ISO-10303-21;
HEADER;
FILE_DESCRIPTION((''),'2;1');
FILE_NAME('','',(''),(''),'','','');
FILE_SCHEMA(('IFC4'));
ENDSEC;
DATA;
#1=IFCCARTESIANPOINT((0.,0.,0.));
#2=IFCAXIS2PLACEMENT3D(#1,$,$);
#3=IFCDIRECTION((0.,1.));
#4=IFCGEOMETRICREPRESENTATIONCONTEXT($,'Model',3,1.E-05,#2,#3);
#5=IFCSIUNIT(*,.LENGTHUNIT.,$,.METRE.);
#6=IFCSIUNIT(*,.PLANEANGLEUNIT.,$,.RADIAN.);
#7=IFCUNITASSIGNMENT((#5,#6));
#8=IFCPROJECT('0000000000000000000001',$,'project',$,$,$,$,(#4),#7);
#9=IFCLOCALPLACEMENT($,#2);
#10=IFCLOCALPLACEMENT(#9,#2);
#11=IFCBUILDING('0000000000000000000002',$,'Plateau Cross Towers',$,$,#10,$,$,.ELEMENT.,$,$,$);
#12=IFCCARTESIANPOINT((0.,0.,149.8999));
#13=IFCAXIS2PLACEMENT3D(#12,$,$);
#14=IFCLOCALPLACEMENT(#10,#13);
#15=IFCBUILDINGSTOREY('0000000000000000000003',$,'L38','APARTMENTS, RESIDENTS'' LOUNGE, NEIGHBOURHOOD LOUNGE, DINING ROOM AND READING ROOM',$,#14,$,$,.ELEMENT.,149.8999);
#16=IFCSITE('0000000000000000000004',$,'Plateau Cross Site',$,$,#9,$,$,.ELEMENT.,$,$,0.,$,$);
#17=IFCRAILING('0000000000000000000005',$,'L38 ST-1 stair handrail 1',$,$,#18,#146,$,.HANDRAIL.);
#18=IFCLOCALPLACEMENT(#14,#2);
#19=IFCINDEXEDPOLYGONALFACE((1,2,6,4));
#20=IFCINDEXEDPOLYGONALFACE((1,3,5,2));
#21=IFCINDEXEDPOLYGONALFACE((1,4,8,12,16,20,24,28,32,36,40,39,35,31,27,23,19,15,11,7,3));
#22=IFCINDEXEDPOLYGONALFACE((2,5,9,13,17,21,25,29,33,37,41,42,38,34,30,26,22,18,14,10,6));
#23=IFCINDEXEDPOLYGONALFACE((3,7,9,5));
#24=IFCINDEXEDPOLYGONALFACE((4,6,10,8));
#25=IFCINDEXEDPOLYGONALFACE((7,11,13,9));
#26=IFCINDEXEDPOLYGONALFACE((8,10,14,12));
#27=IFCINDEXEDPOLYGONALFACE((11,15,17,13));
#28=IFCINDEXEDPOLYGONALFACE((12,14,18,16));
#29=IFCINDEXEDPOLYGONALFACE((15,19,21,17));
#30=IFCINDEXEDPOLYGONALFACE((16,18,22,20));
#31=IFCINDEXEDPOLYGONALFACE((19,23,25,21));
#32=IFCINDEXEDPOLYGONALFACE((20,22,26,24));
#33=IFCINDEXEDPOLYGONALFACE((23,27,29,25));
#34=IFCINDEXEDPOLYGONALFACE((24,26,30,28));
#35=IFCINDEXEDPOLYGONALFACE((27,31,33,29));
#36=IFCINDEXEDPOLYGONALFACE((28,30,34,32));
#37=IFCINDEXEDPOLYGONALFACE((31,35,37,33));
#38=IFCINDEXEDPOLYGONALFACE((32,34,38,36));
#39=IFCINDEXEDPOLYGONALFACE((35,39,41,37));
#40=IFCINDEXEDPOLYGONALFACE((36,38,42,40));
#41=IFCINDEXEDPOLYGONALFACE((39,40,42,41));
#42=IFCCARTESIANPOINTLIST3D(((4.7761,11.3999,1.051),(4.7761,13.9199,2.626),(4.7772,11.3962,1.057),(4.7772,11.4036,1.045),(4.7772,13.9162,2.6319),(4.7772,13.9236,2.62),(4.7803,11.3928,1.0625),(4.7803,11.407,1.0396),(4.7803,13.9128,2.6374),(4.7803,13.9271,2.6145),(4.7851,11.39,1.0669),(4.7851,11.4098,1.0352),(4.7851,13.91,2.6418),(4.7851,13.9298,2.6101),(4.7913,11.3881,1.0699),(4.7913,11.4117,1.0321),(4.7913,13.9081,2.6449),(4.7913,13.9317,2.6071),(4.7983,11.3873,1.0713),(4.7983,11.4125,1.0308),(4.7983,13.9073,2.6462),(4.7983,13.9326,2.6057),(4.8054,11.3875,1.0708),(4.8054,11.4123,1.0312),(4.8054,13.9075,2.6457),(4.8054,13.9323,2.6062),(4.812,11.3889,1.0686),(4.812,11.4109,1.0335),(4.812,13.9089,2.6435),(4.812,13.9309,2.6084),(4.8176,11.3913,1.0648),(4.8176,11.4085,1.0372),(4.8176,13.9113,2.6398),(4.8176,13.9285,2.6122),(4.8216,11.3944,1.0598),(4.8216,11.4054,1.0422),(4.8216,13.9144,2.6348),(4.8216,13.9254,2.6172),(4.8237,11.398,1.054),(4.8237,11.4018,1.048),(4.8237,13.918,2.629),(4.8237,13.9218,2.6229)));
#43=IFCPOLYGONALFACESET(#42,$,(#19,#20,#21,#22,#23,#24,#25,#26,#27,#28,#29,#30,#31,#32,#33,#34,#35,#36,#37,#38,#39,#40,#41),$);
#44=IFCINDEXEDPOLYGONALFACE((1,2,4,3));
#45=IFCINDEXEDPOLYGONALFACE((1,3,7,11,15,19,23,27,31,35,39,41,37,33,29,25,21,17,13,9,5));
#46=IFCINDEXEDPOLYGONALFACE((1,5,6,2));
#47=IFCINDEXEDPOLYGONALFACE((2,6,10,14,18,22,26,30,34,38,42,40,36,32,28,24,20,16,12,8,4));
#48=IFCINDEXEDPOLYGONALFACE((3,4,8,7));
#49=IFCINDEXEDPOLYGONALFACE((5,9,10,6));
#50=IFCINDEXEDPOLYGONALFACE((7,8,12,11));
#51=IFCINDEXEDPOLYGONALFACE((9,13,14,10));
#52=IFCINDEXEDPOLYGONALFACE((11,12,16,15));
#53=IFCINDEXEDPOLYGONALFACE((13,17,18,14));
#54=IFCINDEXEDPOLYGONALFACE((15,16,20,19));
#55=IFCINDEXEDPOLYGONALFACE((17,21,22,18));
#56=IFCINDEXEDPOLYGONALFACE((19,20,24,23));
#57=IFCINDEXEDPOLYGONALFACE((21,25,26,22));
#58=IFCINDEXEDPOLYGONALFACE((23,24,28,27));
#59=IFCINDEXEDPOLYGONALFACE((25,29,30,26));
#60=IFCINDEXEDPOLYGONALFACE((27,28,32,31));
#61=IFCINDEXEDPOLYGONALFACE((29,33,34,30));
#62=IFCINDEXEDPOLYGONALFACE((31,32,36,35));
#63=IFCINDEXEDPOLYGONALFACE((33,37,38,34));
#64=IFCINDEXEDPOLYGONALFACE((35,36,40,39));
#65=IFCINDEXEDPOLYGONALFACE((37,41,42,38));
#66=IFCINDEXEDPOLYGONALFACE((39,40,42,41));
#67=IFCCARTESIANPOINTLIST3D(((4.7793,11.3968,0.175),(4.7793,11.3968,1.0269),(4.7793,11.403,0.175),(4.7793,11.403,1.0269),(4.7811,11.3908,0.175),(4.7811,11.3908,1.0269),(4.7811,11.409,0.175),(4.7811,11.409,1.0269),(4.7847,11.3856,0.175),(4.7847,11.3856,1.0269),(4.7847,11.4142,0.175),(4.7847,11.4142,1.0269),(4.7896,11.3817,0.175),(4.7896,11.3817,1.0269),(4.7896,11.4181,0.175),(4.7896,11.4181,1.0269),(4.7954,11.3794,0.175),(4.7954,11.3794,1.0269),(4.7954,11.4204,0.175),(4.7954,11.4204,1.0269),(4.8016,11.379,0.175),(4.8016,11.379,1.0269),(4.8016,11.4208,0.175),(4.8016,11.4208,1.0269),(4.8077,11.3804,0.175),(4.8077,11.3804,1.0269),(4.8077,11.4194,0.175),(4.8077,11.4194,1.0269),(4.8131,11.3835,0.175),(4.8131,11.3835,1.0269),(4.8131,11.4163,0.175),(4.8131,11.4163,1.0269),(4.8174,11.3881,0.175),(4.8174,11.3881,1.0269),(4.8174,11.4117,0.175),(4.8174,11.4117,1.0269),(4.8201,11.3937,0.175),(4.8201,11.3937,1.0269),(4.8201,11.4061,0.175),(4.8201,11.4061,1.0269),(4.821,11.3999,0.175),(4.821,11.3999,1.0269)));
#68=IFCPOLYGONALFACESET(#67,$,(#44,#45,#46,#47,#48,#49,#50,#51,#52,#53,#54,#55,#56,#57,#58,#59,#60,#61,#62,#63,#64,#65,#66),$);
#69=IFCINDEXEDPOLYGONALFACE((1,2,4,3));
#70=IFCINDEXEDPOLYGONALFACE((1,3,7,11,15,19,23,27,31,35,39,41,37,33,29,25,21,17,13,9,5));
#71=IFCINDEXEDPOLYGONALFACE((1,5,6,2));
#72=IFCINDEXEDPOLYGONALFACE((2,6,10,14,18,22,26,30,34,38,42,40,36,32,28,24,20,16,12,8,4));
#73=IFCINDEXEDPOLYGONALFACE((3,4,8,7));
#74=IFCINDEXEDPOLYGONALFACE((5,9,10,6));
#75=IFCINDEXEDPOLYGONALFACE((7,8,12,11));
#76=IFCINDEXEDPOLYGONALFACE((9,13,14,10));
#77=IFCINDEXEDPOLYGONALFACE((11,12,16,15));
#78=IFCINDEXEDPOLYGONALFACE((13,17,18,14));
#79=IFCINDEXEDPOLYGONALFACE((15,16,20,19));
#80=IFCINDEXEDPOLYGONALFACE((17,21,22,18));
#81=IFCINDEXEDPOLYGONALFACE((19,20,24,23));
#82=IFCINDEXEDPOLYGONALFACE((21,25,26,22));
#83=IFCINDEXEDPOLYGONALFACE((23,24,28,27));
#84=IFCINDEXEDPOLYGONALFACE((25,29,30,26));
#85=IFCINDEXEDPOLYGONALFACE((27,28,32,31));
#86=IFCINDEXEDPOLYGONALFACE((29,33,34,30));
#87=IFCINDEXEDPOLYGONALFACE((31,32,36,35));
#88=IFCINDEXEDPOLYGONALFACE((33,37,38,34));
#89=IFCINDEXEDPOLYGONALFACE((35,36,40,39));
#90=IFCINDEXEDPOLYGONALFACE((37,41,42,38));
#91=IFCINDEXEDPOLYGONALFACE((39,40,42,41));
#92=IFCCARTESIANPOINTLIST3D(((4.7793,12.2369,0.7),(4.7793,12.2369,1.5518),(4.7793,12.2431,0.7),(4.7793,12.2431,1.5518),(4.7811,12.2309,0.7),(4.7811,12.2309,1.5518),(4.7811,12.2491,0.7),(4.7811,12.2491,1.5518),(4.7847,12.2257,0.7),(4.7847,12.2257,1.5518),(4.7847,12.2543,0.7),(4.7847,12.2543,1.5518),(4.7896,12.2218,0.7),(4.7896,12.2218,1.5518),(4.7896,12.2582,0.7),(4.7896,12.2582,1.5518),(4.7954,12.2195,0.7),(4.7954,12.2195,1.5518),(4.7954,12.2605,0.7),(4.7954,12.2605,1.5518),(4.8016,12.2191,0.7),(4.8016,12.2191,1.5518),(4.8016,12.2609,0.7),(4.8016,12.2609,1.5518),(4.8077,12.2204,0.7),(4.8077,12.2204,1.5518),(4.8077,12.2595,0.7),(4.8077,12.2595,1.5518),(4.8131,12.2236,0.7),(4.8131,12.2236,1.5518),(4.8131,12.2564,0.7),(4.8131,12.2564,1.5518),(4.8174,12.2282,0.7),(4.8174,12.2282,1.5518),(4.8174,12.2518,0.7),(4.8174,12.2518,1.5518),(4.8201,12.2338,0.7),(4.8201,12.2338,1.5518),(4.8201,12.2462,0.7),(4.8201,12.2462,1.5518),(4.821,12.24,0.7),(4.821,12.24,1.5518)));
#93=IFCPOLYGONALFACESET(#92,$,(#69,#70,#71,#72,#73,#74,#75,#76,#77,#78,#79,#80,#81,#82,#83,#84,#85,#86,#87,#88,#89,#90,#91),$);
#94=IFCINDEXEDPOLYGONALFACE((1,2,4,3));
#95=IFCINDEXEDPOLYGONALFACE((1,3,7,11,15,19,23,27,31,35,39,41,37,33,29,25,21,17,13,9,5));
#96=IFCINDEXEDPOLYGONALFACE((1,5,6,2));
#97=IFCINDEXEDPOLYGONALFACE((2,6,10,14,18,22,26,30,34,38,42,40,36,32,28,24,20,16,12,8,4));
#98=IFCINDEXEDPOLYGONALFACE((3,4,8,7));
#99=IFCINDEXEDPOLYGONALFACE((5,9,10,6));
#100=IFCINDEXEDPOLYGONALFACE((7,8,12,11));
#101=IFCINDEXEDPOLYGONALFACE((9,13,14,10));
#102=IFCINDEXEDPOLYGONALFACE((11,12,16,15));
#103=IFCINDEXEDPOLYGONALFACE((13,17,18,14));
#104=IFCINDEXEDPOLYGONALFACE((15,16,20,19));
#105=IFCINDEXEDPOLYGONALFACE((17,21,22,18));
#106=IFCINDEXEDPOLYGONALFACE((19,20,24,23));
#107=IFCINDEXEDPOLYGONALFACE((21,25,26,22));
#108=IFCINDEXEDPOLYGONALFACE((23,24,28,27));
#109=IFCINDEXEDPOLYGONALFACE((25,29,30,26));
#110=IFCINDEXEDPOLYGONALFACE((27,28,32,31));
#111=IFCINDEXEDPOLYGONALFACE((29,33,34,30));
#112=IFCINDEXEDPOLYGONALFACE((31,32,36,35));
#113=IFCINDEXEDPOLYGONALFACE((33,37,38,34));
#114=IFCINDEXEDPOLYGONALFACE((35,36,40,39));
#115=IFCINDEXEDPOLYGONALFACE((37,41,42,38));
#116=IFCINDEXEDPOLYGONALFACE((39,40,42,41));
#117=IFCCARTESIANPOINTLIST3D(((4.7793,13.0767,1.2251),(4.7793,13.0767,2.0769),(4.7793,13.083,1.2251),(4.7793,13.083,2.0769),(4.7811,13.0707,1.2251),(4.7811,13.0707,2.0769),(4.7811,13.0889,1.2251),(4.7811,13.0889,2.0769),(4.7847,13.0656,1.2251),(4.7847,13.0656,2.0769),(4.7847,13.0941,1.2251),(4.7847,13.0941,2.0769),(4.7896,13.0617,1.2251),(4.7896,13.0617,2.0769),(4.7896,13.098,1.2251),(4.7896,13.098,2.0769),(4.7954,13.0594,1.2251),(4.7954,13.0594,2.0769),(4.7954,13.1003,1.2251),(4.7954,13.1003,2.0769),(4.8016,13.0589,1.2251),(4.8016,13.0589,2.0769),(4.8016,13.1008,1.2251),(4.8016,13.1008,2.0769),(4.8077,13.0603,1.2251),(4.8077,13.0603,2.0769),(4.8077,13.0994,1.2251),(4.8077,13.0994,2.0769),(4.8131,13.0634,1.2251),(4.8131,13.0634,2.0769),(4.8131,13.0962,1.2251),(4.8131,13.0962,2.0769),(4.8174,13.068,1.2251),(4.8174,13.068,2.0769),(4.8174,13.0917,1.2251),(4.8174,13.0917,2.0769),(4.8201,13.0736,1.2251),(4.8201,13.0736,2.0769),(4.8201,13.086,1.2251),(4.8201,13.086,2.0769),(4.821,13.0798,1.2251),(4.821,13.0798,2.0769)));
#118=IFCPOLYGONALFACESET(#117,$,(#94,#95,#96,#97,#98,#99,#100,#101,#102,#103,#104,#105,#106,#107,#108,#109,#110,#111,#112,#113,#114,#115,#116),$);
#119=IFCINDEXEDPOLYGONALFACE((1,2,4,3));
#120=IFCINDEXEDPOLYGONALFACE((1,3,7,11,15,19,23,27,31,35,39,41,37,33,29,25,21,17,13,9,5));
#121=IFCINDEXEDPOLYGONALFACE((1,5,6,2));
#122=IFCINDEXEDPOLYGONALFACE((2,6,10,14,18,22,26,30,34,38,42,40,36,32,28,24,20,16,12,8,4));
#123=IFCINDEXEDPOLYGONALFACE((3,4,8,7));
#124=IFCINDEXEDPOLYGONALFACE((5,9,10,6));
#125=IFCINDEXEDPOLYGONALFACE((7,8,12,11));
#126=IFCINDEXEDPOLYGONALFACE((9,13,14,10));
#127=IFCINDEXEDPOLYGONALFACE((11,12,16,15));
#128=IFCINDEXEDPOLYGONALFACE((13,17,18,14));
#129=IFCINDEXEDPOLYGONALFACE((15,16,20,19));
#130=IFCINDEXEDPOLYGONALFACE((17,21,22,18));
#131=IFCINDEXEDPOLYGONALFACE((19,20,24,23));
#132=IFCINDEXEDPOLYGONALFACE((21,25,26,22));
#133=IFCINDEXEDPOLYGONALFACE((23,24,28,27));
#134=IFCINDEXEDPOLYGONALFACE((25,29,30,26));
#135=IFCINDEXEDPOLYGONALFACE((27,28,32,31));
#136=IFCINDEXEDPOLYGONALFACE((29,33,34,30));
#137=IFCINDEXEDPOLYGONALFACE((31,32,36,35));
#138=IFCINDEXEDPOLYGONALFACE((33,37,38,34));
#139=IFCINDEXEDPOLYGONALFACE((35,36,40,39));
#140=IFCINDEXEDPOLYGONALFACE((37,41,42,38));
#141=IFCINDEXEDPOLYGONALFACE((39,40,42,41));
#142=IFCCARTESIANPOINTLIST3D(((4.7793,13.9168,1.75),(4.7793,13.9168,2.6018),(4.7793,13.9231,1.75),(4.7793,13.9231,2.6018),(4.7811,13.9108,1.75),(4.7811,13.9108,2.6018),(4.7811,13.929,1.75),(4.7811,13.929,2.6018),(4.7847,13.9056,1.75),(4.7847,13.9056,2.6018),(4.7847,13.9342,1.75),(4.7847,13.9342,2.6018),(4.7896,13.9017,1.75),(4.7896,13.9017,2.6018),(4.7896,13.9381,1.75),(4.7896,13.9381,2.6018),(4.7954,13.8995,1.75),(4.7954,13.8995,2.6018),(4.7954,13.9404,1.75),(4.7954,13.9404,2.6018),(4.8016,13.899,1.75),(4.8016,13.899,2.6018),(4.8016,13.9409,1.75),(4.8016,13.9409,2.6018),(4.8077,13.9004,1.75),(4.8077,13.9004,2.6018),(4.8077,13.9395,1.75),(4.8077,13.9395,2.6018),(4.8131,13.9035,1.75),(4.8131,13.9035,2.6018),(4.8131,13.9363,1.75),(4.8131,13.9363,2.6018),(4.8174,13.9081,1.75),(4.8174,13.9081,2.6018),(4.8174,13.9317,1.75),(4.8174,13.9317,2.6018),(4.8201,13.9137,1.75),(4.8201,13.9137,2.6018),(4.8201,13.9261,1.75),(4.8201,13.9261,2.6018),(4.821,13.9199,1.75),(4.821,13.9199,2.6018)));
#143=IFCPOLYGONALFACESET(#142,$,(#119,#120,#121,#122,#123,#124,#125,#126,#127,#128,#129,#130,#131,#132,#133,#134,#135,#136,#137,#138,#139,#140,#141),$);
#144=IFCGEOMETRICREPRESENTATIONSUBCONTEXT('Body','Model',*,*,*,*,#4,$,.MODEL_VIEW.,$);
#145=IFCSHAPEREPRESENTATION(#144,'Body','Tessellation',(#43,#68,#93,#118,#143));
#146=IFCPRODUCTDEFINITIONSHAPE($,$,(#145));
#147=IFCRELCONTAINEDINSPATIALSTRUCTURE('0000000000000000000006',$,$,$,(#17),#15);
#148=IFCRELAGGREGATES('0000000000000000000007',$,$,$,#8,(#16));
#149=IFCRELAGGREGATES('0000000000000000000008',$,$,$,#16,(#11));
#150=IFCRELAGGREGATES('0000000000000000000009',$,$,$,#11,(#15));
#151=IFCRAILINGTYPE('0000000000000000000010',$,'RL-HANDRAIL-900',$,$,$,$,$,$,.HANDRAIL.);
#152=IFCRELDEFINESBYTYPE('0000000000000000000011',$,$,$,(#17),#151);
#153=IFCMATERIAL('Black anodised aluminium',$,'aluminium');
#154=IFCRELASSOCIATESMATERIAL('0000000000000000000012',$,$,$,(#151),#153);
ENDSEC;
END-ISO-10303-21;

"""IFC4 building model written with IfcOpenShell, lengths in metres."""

from ifc_helpers import new_model, si_unit, direction, frame, origin, origin_2d, place, context, subcontext, project, spatial, circle, extrude, material, type_object, element, save


model = new_model("IFC4")

# Units and contexts
model_context = context("Model", 3, precision=1e-05, world=origin(), true_north=direction((0.0, 1.0)))
body_context = subcontext(model_context, "Body", "Model", "MODEL_VIEW")
ifc_project = project(units=[si_unit("LENGTHUNIT", "METRE"), si_unit("PLANEANGLEUNIT", "RADIAN")], contexts=[model_context])

# Site, building, storey
site_placement = place(None, origin())
site = spatial("IfcSite", under=ifc_project, at=site_placement, Name="Plateau Cross Site", CompositionType="ELEMENT", RefElevation=0.0)
building_placement = place(site_placement, origin())
building = spatial("IfcBuilding", under=site, at=building_placement, Name="Plateau Cross Towers", CompositionType="ELEMENT")
storey_placement = place(building_placement, frame((0.0, 0.0, 149.8999)))
storey = spatial("IfcBuildingStorey", under=building, at=storey_placement, Name="L38", Description="APARTMENTS, RESIDENTS' LOUNGE, NEIGHBOURHOOD LOUNGE, DINING ROOM AND READING ROOM", CompositionType="ELEMENT", Elevation=149.8999)

# Shared definitions
ifc_material_1 = material(Name="Black anodised aluminium", Category="aluminium")

# Railing
railing_type_1 = type_object("IfcRailingType", Name="RL-HANDRAIL-900", PredefinedType="HANDRAIL", material=ifc_material_1)
railing_1_placement = place(storey_placement, frame((4.8, 11.3999, 0.175)))
element("IfcRailing", 1, at=railing_1_placement, inside=storey, type_object=railing_type_1, Name="L38 ST-1 stair handrail 1", PredefinedType="HANDRAIL", context=body_context, shape_type="SweptSolid", body=[
    extrude(circle(Radius=0.0239, at=origin_2d()), frame((0.0, 0.0, 0.876), z_axis=(0.0, 0.848008, 0.529984), x_axis=(-1.0, 0.0, 0.0)), (0.0, 0.0, 1.0), 2.9717),
    extrude(circle(Radius=0.021, at=origin_2d()), origin(), (0.0, 0.0, 1.0), 0.8518),
    extrude(circle(Radius=0.021, at=origin_2d()), frame((0.0, 0.8401, 0.5249)), (0.0, 0.0, 1.0), 0.8518),
    extrude(circle(Radius=0.021, at=origin_2d()), frame((0.0, 1.6799, 1.05)), (0.0, 0.0, 1.0), 0.8518),
    extrude(circle(Radius=0.021, at=origin_2d()), frame((0.0, 2.52, 1.575)), (0.0, 0.0, 1.0), 0.8518),
])

save(model, "model.ifc")
